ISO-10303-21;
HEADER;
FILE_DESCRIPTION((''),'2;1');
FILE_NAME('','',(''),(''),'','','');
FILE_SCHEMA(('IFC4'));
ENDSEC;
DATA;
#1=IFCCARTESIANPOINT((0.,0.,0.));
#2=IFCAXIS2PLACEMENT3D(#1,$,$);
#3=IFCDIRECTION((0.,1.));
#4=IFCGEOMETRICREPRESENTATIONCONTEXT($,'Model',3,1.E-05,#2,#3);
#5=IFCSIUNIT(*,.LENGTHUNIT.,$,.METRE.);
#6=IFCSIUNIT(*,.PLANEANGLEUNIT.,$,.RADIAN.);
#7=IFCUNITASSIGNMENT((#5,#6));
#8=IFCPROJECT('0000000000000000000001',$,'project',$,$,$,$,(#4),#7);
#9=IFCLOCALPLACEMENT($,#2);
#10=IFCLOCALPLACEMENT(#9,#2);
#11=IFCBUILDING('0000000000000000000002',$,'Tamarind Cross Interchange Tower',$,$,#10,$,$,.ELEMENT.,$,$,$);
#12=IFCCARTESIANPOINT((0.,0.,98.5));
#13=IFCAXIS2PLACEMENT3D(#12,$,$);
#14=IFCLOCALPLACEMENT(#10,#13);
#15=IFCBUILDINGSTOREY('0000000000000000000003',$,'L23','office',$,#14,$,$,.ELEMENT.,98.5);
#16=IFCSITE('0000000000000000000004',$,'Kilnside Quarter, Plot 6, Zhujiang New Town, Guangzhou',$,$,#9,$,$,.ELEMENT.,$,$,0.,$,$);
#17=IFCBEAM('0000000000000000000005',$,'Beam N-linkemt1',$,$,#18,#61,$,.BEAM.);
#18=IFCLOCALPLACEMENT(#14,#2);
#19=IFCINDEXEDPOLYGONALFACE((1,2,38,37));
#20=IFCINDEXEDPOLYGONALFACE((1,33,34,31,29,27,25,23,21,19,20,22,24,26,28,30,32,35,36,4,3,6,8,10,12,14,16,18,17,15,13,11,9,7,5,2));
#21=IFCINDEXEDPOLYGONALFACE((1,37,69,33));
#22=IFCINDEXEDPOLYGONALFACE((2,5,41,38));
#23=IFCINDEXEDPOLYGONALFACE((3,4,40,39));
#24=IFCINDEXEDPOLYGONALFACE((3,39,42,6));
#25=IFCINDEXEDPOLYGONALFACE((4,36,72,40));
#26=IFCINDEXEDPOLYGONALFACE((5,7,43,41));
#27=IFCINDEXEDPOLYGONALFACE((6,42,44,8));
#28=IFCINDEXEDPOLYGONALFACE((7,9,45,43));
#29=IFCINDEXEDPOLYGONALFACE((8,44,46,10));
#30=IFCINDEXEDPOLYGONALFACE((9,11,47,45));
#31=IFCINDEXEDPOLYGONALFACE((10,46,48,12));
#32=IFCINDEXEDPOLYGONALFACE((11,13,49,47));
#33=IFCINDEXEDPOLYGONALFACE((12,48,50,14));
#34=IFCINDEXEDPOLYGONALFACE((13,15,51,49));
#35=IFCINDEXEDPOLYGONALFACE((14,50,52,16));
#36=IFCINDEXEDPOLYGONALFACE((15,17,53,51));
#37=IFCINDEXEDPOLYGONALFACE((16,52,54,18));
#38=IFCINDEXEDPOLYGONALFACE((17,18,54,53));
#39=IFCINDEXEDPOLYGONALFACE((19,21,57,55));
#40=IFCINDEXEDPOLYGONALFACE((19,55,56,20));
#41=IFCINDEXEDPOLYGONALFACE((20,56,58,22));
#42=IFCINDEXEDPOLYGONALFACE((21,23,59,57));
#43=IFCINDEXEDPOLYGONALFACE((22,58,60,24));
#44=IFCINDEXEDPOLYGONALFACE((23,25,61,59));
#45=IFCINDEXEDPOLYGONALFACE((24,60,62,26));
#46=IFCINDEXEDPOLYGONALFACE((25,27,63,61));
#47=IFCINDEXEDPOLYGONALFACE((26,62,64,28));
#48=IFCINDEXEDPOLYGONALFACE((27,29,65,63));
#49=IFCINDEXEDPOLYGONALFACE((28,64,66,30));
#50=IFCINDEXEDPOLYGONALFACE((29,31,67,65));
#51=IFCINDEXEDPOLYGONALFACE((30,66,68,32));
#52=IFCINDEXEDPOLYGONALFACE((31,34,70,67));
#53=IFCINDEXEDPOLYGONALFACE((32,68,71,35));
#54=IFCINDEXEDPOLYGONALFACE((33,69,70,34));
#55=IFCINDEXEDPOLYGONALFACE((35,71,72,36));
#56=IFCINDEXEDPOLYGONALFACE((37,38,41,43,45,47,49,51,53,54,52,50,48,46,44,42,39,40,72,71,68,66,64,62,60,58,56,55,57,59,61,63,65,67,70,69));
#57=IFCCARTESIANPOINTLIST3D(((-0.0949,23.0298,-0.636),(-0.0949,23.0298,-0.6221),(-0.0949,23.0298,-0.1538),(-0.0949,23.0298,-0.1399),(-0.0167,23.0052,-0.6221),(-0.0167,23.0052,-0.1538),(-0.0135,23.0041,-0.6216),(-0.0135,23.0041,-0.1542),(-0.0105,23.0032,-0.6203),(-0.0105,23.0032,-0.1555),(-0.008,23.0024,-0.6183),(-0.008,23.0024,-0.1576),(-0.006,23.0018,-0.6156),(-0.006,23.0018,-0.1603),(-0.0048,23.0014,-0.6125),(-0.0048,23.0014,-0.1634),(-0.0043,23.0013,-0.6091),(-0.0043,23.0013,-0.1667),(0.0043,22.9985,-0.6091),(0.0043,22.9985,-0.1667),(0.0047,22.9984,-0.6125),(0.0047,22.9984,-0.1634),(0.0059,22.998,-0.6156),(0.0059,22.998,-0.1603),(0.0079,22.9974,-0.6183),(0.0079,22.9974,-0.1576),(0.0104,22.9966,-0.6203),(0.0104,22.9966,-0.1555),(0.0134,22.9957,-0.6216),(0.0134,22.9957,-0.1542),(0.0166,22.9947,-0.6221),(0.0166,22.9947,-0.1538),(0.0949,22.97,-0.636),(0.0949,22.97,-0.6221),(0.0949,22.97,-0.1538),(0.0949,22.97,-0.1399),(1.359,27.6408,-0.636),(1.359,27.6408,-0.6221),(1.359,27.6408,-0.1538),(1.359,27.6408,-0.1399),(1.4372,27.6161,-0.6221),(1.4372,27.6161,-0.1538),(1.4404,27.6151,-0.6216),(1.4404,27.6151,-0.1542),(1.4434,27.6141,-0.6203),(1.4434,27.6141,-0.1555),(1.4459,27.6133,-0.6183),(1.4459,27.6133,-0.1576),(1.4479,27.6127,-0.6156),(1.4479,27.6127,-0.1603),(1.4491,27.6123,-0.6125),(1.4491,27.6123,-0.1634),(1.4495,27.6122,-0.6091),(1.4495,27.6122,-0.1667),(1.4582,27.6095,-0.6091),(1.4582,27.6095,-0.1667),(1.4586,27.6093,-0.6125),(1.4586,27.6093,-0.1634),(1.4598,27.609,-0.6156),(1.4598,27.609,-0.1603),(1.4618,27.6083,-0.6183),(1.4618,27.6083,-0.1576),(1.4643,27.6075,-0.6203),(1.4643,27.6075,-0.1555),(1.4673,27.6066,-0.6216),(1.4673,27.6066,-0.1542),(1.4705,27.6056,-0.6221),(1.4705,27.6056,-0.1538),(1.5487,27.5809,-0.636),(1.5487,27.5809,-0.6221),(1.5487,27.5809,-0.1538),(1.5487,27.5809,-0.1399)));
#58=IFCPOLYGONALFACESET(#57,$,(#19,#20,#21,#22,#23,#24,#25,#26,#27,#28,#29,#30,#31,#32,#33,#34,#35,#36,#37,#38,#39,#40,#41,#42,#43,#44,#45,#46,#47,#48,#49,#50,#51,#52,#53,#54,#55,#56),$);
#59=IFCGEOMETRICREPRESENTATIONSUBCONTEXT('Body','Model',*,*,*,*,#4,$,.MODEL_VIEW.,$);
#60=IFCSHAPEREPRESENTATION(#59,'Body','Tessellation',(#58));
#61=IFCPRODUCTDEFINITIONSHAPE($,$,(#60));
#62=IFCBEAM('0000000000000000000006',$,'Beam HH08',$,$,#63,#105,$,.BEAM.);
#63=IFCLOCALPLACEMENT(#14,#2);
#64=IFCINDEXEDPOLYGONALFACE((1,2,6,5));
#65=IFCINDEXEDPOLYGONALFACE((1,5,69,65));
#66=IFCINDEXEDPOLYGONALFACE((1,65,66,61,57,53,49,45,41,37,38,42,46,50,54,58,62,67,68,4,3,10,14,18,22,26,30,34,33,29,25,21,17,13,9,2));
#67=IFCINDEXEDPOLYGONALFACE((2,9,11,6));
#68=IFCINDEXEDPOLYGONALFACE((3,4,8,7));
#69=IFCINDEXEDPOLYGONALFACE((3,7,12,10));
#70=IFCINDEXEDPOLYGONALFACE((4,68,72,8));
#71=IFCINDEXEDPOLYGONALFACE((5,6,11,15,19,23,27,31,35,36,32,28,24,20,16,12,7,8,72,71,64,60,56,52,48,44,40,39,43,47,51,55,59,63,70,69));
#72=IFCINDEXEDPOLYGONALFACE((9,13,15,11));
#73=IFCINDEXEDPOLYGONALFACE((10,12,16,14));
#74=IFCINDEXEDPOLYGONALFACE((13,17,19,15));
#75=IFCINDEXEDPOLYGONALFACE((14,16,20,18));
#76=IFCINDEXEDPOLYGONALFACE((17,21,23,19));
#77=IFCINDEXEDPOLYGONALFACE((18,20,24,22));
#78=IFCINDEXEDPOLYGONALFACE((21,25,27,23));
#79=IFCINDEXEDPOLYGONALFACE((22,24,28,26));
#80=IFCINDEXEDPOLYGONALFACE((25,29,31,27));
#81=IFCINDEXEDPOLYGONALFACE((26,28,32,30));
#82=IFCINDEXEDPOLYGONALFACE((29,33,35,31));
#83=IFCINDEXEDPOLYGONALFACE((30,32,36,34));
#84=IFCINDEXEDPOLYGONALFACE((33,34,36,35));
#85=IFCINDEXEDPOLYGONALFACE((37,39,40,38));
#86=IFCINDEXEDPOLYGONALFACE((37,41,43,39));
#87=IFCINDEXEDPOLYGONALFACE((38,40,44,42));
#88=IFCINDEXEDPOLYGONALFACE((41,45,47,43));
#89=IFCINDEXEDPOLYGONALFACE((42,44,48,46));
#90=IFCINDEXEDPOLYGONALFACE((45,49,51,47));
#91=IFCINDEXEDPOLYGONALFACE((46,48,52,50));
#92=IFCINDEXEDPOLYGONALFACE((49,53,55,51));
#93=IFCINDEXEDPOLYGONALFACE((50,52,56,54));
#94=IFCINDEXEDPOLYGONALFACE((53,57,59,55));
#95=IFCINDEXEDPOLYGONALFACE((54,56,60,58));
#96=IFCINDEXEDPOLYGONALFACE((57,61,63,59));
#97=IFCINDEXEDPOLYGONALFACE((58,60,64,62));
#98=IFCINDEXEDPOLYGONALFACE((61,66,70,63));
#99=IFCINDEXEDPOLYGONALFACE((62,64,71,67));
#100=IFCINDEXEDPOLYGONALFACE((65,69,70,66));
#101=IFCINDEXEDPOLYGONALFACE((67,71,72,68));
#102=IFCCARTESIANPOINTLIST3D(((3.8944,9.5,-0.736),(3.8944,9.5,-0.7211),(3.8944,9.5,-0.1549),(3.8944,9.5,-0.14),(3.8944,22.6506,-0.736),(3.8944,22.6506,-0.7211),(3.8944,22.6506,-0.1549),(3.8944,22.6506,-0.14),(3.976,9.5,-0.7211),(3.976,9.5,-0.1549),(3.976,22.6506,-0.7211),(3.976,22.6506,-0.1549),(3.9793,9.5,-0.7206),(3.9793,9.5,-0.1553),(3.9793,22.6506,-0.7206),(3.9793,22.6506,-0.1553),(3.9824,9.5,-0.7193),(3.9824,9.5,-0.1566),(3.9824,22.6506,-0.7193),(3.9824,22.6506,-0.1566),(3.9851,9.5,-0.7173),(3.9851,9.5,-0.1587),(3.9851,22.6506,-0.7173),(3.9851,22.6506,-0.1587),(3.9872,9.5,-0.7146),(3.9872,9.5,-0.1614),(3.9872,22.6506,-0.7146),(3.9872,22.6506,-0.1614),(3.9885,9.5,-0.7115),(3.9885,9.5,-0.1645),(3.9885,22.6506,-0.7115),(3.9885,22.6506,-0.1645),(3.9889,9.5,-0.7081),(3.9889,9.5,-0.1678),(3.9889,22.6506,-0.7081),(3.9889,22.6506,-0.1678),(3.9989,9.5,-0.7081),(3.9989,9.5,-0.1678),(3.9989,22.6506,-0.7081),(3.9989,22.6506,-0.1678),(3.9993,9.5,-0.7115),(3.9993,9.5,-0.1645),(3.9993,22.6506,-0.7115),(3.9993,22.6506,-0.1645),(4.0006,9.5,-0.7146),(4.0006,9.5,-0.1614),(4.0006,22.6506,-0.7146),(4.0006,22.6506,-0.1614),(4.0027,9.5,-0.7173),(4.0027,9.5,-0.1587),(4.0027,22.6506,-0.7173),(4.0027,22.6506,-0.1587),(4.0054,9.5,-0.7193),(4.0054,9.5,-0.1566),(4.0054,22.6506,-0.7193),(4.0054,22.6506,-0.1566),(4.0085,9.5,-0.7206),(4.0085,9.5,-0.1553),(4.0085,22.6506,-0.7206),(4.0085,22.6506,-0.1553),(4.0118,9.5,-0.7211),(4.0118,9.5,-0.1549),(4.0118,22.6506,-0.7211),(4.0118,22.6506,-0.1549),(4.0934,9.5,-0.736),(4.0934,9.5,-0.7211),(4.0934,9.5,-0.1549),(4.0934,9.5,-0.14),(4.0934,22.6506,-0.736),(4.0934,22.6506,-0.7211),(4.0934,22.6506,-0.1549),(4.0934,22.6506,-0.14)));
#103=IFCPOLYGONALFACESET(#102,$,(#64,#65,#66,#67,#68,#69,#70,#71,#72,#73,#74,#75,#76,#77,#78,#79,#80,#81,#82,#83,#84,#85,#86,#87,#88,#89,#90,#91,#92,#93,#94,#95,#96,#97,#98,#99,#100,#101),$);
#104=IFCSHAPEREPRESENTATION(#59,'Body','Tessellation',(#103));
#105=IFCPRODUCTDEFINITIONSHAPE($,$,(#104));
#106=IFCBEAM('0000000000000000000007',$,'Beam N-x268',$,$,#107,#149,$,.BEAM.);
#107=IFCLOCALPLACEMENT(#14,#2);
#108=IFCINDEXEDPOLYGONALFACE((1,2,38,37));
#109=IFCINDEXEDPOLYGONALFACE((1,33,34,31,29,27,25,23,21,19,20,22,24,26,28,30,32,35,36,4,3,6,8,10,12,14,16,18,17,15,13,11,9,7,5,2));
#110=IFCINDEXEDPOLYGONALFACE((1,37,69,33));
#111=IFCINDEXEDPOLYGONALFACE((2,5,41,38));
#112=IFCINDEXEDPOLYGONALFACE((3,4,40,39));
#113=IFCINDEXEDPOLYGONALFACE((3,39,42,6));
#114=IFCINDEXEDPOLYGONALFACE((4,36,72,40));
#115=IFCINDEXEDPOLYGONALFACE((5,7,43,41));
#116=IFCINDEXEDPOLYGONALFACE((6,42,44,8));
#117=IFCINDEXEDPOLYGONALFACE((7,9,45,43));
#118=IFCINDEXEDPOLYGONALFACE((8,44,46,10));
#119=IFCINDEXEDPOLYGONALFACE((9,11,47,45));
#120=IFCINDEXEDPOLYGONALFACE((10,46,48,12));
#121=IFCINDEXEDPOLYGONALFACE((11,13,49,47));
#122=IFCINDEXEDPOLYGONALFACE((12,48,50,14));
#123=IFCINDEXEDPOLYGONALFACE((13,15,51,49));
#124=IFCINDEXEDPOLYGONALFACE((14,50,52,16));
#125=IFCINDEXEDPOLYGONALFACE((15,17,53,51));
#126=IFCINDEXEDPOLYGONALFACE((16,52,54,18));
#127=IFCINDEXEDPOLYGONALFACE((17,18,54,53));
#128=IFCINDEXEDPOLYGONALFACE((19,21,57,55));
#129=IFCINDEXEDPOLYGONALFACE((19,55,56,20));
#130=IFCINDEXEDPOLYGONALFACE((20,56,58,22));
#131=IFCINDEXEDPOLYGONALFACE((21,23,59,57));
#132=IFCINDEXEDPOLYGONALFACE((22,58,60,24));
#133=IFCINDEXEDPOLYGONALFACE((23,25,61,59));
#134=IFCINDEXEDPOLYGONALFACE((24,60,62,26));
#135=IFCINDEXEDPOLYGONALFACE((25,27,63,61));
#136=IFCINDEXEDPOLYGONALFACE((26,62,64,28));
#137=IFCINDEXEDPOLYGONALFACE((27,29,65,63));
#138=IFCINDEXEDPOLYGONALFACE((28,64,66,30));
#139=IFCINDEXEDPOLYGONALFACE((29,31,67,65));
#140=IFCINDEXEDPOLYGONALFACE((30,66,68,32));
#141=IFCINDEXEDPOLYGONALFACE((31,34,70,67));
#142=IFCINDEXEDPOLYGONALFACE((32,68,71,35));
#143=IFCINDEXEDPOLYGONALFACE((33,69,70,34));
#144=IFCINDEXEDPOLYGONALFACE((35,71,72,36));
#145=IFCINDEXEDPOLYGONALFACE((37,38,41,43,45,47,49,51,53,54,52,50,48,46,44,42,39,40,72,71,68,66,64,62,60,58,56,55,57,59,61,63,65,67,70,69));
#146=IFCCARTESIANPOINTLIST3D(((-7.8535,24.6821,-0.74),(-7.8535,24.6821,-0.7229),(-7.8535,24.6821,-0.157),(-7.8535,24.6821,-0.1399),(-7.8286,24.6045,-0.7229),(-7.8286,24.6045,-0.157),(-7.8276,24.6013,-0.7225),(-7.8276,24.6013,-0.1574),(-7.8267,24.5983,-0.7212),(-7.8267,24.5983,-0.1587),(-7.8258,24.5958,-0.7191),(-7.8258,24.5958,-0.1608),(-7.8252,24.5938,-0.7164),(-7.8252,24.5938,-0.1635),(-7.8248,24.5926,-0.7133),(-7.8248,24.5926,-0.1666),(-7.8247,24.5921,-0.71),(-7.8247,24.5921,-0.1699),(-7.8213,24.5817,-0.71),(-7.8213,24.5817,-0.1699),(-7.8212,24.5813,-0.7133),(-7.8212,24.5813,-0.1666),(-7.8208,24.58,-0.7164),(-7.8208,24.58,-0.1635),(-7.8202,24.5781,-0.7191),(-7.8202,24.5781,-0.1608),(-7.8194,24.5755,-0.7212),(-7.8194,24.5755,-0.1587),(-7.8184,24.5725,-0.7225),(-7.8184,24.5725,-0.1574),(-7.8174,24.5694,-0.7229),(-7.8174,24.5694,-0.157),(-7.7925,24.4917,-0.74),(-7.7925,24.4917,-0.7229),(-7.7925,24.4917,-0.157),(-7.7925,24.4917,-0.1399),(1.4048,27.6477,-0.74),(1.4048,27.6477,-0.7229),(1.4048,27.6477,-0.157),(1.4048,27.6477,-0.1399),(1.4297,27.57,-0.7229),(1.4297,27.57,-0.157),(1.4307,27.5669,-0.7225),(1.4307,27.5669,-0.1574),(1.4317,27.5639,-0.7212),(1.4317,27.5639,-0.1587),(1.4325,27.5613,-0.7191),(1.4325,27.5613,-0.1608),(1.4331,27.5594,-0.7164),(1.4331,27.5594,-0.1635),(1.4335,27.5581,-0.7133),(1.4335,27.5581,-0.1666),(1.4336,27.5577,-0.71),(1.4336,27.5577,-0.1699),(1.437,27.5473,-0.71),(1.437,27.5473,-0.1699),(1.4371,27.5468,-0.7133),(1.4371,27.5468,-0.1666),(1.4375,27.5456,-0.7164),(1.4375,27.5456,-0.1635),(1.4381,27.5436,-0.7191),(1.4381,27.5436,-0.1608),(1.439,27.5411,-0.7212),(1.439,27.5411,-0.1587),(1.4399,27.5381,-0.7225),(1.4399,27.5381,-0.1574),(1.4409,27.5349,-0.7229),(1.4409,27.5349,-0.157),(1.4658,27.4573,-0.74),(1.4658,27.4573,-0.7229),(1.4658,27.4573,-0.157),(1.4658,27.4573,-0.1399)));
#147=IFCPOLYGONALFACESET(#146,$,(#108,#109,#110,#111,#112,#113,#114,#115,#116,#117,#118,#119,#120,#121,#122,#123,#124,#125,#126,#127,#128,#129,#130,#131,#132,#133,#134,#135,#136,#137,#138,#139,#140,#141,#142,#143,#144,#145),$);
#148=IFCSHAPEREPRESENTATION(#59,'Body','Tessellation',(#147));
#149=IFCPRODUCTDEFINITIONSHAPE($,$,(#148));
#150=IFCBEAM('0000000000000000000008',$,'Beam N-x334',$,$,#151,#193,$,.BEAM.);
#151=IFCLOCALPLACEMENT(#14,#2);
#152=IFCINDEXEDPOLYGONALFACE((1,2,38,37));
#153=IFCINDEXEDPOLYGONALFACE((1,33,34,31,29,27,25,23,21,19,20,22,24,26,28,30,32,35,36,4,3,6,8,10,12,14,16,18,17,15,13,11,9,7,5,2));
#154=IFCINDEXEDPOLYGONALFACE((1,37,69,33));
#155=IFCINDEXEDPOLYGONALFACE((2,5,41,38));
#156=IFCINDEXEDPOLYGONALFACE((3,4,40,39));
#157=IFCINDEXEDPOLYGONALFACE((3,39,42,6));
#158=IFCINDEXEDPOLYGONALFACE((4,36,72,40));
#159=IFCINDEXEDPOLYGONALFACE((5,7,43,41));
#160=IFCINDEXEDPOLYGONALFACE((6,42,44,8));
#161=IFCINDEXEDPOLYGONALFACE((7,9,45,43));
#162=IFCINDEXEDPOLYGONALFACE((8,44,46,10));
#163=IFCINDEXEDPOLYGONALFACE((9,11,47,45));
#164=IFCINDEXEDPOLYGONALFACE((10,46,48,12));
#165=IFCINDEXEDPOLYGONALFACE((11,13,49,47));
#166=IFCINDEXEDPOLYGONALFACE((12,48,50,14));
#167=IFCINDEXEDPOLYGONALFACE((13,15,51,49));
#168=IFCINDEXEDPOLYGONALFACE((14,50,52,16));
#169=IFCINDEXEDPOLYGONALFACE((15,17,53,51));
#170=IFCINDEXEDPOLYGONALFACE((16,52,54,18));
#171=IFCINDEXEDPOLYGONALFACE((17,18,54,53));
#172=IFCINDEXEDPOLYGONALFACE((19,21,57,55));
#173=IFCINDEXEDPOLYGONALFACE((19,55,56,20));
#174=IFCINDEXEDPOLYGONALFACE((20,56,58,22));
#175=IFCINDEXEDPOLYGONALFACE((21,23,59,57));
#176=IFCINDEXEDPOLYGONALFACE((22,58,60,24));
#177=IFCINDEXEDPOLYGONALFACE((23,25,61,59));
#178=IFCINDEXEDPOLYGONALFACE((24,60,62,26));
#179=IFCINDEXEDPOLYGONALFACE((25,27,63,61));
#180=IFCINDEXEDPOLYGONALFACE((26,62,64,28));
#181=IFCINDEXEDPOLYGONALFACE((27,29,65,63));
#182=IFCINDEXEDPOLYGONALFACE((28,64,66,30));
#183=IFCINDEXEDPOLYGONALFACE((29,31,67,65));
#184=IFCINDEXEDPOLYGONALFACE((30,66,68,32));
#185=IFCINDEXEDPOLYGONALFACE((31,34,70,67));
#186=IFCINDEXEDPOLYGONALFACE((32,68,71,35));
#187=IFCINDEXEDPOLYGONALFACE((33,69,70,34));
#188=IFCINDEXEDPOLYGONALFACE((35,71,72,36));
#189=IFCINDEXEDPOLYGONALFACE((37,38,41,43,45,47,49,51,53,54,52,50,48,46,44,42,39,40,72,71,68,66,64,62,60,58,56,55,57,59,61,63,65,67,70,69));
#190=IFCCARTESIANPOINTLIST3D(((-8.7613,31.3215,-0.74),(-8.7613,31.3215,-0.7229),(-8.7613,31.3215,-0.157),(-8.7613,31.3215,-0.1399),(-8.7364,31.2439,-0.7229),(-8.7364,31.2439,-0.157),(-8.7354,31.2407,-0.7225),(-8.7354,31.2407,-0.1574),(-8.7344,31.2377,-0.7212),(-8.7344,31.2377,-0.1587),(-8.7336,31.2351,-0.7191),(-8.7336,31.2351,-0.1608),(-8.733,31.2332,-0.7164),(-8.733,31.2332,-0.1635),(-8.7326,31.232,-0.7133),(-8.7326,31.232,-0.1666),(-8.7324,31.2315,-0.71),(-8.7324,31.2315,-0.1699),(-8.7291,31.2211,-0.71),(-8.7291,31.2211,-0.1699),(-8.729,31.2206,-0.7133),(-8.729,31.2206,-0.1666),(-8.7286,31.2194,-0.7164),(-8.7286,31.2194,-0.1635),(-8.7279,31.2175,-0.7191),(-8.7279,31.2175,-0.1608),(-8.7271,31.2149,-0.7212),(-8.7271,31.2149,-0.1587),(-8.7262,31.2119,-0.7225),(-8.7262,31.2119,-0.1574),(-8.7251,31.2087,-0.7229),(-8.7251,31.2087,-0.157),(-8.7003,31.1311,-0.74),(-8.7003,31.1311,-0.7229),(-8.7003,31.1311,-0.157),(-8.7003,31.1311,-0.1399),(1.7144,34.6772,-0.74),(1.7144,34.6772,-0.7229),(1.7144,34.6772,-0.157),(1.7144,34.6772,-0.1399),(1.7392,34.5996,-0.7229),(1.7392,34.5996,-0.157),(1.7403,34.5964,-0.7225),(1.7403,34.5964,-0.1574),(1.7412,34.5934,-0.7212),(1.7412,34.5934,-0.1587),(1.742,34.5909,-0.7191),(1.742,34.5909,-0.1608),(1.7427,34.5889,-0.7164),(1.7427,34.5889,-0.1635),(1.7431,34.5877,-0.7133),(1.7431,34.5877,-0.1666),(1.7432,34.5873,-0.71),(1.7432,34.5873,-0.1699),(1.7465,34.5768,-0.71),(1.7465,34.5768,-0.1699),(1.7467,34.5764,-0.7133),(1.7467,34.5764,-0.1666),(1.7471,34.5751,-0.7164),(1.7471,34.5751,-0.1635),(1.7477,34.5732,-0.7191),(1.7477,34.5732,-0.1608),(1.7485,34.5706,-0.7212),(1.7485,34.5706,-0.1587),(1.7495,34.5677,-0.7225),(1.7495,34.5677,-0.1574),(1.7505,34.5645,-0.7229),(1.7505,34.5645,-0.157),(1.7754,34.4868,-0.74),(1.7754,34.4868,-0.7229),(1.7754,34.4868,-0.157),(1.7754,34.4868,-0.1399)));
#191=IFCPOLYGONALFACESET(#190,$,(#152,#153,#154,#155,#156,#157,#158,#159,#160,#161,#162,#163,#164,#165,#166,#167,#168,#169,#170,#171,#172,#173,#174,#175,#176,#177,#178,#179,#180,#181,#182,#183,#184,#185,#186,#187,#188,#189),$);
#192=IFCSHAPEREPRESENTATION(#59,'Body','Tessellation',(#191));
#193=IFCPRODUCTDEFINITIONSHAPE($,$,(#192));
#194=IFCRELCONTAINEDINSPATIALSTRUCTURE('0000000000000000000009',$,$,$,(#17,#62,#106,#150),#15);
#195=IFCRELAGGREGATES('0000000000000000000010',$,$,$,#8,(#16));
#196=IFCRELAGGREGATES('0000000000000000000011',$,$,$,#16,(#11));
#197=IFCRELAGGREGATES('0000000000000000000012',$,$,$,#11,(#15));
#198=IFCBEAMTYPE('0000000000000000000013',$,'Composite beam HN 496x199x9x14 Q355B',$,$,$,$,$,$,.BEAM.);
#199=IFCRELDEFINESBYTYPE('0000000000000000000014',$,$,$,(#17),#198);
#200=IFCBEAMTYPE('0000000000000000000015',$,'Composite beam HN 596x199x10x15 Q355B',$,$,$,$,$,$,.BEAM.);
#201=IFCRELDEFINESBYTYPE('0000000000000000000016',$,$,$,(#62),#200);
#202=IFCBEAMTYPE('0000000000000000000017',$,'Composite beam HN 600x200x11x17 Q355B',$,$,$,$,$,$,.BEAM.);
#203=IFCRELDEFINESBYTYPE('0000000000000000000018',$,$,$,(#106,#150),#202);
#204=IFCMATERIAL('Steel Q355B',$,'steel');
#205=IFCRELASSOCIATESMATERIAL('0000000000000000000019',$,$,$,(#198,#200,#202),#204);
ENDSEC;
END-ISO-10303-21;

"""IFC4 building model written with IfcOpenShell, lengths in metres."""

from ifc_helpers import new_model, si_unit, direction, frame, origin, origin_2d, place, context, subcontext, project, spatial, i_section, extrude, material, material_profile, profile_set, type_object, element, save


model = new_model("IFC4")

# Units and contexts
model_context = context("Model", 3, precision=1e-05, world=origin(), true_north=direction((0.0, 1.0)))
body_context = subcontext(model_context, "Body", "Model", "MODEL_VIEW")
ifc_project = project(units=[si_unit("LENGTHUNIT", "METRE"), si_unit("PLANEANGLEUNIT", "RADIAN")], contexts=[model_context])

# Site, building, storey
site_placement = place(None, origin())
site = spatial("IfcSite", under=ifc_project, at=site_placement, Name="Kilnside Quarter, Plot 6, Zhujiang New Town, Guangzhou", CompositionType="ELEMENT", RefElevation=0.0)
building_placement = place(site_placement, origin())
building = spatial("IfcBuilding", under=site, at=building_placement, Name="Tamarind Cross Interchange Tower", CompositionType="ELEMENT")
storey_placement = place(building_placement, frame((0.0, 0.0, 98.5)))
storey = spatial("IfcBuildingStorey", under=building, at=storey_placement, Name="L23", Description="office", CompositionType="ELEMENT", Elevation=98.5)

# Beams
ifc_material_1 = material(Name="Steel Q355B", Category="steel")
ifc_material_profile_1 = material_profile(ifc_material_1, i_section(OverallWidth=0.199, OverallDepth=0.4961, WebThickness=0.009, FlangeThickness=0.0139, FilletRadius=0.0129, at=origin_2d()), Name="HN 496x199x9x14")
ifc_profile_set_1 = profile_set([ifc_material_profile_1], Name="Steel Q355B")
beam_type_1 = type_object("IfcBeamType", Name="Composite beam HN 496x199x9x14 Q355B", PredefinedType="BEAM", material=ifc_profile_set_1)
beam_1_placement = place(storey_placement, frame((1.4539, 27.6108, -0.3879), z_axis=(-0.300718, -0.953713, 0.0), x_axis=(0.953713, -0.300718, 0.0)))
element("IfcBeam", 1, at=beam_1_placement, inside=storey, type_object=beam_type_1, Name="Beam N-linkemt1", PredefinedType="BEAM", context=body_context, shape_type="SweptSolid", body=[
    extrude(i_section(OverallWidth=0.199, OverallDepth=0.4961, WebThickness=0.009, FlangeThickness=0.0139, FilletRadius=0.0129, at=origin_2d()), origin(), (0.0, 0.0, 1.0), 4.8347),
])
ifc_material_profile_2 = material_profile(ifc_material_1, i_section(OverallWidth=0.199, OverallDepth=0.5959, WebThickness=0.01, FlangeThickness=0.0149, FilletRadius=0.0129, at=origin_2d()), Name="HN 596x199x10x15")
ifc_profile_set_2 = profile_set([ifc_material_profile_2], Name="Steel Q355B")
beam_type_2 = type_object("IfcBeamType", Name="Composite beam HN 596x199x10x15 Q355B", PredefinedType="BEAM", material=ifc_profile_set_2)
beam_2_placement = place(storey_placement, frame((3.9939, 22.6506, -0.438), z_axis=(0.0, -1.0, 0.0), x_axis=(1.0, 0.0, 0.0)))
element("IfcBeam", 2, at=beam_2_placement, inside=storey, type_object=beam_type_2, Name="Beam HH08", PredefinedType="BEAM", context=body_context, shape_type="SweptSolid", body=[
    extrude(i_section(OverallWidth=0.199, OverallDepth=0.5959, WebThickness=0.01, FlangeThickness=0.0149, FilletRadius=0.0129, at=origin_2d()), origin(), (0.0, 0.0, 1.0), 13.1506),
])
ifc_material_profile_3 = material_profile(ifc_material_1, i_section(OverallWidth=0.2, OverallDepth=0.6001, WebThickness=0.011, FlangeThickness=0.0171, FilletRadius=0.0129, at=origin_2d()), Name="HN 600x200x11x17")
ifc_profile_set_3 = profile_set([ifc_material_profile_3], Name="Steel Q355B")
beam_type_3 = type_object("IfcBeamType", Name="Composite beam HN 600x200x11x17 Q355B", PredefinedType="BEAM", material=ifc_profile_set_3)
beam_3_placement = place(storey_placement, frame((1.4353, 27.5525, -0.4399), z_axis=(-0.952337, -0.305048, 0.0), x_axis=(0.305048, -0.952337, 0.0)))
element("IfcBeam", 3, at=beam_3_placement, inside=storey, type_object=beam_type_3, Name="Beam N-x268", PredefinedType="BEAM", context=body_context, shape_type="SweptSolid", body=[
    extrude(i_section(OverallWidth=0.2, OverallDepth=0.6001, WebThickness=0.011, FlangeThickness=0.0171, FilletRadius=0.0129, at=origin_2d()), origin(), (0.0, 0.0, 1.0), 9.7217),
])
for number, where, z_axis, x_axis, name in (
    (4, (1.7449, 34.582, -0.4399), (-0.952331, -0.305066, 0.0), (0.305066, -0.952331, 0.0), "Beam N-x334"),
):
    element("IfcBeam", number, at=place(storey_placement, frame(where, z_axis=z_axis, x_axis=x_axis)), inside=storey, type_object=beam_type_3, Name=name, PredefinedType="BEAM", context=body_context, shape_type="SweptSolid", body=[
        extrude(i_section(OverallWidth=0.2, OverallDepth=0.6001, WebThickness=0.011, FlangeThickness=0.0171, FilletRadius=0.0129, at=origin_2d()), origin(), (0.0, 0.0, 1.0), 11.0),
    ])

save(model, "model.ifc")
